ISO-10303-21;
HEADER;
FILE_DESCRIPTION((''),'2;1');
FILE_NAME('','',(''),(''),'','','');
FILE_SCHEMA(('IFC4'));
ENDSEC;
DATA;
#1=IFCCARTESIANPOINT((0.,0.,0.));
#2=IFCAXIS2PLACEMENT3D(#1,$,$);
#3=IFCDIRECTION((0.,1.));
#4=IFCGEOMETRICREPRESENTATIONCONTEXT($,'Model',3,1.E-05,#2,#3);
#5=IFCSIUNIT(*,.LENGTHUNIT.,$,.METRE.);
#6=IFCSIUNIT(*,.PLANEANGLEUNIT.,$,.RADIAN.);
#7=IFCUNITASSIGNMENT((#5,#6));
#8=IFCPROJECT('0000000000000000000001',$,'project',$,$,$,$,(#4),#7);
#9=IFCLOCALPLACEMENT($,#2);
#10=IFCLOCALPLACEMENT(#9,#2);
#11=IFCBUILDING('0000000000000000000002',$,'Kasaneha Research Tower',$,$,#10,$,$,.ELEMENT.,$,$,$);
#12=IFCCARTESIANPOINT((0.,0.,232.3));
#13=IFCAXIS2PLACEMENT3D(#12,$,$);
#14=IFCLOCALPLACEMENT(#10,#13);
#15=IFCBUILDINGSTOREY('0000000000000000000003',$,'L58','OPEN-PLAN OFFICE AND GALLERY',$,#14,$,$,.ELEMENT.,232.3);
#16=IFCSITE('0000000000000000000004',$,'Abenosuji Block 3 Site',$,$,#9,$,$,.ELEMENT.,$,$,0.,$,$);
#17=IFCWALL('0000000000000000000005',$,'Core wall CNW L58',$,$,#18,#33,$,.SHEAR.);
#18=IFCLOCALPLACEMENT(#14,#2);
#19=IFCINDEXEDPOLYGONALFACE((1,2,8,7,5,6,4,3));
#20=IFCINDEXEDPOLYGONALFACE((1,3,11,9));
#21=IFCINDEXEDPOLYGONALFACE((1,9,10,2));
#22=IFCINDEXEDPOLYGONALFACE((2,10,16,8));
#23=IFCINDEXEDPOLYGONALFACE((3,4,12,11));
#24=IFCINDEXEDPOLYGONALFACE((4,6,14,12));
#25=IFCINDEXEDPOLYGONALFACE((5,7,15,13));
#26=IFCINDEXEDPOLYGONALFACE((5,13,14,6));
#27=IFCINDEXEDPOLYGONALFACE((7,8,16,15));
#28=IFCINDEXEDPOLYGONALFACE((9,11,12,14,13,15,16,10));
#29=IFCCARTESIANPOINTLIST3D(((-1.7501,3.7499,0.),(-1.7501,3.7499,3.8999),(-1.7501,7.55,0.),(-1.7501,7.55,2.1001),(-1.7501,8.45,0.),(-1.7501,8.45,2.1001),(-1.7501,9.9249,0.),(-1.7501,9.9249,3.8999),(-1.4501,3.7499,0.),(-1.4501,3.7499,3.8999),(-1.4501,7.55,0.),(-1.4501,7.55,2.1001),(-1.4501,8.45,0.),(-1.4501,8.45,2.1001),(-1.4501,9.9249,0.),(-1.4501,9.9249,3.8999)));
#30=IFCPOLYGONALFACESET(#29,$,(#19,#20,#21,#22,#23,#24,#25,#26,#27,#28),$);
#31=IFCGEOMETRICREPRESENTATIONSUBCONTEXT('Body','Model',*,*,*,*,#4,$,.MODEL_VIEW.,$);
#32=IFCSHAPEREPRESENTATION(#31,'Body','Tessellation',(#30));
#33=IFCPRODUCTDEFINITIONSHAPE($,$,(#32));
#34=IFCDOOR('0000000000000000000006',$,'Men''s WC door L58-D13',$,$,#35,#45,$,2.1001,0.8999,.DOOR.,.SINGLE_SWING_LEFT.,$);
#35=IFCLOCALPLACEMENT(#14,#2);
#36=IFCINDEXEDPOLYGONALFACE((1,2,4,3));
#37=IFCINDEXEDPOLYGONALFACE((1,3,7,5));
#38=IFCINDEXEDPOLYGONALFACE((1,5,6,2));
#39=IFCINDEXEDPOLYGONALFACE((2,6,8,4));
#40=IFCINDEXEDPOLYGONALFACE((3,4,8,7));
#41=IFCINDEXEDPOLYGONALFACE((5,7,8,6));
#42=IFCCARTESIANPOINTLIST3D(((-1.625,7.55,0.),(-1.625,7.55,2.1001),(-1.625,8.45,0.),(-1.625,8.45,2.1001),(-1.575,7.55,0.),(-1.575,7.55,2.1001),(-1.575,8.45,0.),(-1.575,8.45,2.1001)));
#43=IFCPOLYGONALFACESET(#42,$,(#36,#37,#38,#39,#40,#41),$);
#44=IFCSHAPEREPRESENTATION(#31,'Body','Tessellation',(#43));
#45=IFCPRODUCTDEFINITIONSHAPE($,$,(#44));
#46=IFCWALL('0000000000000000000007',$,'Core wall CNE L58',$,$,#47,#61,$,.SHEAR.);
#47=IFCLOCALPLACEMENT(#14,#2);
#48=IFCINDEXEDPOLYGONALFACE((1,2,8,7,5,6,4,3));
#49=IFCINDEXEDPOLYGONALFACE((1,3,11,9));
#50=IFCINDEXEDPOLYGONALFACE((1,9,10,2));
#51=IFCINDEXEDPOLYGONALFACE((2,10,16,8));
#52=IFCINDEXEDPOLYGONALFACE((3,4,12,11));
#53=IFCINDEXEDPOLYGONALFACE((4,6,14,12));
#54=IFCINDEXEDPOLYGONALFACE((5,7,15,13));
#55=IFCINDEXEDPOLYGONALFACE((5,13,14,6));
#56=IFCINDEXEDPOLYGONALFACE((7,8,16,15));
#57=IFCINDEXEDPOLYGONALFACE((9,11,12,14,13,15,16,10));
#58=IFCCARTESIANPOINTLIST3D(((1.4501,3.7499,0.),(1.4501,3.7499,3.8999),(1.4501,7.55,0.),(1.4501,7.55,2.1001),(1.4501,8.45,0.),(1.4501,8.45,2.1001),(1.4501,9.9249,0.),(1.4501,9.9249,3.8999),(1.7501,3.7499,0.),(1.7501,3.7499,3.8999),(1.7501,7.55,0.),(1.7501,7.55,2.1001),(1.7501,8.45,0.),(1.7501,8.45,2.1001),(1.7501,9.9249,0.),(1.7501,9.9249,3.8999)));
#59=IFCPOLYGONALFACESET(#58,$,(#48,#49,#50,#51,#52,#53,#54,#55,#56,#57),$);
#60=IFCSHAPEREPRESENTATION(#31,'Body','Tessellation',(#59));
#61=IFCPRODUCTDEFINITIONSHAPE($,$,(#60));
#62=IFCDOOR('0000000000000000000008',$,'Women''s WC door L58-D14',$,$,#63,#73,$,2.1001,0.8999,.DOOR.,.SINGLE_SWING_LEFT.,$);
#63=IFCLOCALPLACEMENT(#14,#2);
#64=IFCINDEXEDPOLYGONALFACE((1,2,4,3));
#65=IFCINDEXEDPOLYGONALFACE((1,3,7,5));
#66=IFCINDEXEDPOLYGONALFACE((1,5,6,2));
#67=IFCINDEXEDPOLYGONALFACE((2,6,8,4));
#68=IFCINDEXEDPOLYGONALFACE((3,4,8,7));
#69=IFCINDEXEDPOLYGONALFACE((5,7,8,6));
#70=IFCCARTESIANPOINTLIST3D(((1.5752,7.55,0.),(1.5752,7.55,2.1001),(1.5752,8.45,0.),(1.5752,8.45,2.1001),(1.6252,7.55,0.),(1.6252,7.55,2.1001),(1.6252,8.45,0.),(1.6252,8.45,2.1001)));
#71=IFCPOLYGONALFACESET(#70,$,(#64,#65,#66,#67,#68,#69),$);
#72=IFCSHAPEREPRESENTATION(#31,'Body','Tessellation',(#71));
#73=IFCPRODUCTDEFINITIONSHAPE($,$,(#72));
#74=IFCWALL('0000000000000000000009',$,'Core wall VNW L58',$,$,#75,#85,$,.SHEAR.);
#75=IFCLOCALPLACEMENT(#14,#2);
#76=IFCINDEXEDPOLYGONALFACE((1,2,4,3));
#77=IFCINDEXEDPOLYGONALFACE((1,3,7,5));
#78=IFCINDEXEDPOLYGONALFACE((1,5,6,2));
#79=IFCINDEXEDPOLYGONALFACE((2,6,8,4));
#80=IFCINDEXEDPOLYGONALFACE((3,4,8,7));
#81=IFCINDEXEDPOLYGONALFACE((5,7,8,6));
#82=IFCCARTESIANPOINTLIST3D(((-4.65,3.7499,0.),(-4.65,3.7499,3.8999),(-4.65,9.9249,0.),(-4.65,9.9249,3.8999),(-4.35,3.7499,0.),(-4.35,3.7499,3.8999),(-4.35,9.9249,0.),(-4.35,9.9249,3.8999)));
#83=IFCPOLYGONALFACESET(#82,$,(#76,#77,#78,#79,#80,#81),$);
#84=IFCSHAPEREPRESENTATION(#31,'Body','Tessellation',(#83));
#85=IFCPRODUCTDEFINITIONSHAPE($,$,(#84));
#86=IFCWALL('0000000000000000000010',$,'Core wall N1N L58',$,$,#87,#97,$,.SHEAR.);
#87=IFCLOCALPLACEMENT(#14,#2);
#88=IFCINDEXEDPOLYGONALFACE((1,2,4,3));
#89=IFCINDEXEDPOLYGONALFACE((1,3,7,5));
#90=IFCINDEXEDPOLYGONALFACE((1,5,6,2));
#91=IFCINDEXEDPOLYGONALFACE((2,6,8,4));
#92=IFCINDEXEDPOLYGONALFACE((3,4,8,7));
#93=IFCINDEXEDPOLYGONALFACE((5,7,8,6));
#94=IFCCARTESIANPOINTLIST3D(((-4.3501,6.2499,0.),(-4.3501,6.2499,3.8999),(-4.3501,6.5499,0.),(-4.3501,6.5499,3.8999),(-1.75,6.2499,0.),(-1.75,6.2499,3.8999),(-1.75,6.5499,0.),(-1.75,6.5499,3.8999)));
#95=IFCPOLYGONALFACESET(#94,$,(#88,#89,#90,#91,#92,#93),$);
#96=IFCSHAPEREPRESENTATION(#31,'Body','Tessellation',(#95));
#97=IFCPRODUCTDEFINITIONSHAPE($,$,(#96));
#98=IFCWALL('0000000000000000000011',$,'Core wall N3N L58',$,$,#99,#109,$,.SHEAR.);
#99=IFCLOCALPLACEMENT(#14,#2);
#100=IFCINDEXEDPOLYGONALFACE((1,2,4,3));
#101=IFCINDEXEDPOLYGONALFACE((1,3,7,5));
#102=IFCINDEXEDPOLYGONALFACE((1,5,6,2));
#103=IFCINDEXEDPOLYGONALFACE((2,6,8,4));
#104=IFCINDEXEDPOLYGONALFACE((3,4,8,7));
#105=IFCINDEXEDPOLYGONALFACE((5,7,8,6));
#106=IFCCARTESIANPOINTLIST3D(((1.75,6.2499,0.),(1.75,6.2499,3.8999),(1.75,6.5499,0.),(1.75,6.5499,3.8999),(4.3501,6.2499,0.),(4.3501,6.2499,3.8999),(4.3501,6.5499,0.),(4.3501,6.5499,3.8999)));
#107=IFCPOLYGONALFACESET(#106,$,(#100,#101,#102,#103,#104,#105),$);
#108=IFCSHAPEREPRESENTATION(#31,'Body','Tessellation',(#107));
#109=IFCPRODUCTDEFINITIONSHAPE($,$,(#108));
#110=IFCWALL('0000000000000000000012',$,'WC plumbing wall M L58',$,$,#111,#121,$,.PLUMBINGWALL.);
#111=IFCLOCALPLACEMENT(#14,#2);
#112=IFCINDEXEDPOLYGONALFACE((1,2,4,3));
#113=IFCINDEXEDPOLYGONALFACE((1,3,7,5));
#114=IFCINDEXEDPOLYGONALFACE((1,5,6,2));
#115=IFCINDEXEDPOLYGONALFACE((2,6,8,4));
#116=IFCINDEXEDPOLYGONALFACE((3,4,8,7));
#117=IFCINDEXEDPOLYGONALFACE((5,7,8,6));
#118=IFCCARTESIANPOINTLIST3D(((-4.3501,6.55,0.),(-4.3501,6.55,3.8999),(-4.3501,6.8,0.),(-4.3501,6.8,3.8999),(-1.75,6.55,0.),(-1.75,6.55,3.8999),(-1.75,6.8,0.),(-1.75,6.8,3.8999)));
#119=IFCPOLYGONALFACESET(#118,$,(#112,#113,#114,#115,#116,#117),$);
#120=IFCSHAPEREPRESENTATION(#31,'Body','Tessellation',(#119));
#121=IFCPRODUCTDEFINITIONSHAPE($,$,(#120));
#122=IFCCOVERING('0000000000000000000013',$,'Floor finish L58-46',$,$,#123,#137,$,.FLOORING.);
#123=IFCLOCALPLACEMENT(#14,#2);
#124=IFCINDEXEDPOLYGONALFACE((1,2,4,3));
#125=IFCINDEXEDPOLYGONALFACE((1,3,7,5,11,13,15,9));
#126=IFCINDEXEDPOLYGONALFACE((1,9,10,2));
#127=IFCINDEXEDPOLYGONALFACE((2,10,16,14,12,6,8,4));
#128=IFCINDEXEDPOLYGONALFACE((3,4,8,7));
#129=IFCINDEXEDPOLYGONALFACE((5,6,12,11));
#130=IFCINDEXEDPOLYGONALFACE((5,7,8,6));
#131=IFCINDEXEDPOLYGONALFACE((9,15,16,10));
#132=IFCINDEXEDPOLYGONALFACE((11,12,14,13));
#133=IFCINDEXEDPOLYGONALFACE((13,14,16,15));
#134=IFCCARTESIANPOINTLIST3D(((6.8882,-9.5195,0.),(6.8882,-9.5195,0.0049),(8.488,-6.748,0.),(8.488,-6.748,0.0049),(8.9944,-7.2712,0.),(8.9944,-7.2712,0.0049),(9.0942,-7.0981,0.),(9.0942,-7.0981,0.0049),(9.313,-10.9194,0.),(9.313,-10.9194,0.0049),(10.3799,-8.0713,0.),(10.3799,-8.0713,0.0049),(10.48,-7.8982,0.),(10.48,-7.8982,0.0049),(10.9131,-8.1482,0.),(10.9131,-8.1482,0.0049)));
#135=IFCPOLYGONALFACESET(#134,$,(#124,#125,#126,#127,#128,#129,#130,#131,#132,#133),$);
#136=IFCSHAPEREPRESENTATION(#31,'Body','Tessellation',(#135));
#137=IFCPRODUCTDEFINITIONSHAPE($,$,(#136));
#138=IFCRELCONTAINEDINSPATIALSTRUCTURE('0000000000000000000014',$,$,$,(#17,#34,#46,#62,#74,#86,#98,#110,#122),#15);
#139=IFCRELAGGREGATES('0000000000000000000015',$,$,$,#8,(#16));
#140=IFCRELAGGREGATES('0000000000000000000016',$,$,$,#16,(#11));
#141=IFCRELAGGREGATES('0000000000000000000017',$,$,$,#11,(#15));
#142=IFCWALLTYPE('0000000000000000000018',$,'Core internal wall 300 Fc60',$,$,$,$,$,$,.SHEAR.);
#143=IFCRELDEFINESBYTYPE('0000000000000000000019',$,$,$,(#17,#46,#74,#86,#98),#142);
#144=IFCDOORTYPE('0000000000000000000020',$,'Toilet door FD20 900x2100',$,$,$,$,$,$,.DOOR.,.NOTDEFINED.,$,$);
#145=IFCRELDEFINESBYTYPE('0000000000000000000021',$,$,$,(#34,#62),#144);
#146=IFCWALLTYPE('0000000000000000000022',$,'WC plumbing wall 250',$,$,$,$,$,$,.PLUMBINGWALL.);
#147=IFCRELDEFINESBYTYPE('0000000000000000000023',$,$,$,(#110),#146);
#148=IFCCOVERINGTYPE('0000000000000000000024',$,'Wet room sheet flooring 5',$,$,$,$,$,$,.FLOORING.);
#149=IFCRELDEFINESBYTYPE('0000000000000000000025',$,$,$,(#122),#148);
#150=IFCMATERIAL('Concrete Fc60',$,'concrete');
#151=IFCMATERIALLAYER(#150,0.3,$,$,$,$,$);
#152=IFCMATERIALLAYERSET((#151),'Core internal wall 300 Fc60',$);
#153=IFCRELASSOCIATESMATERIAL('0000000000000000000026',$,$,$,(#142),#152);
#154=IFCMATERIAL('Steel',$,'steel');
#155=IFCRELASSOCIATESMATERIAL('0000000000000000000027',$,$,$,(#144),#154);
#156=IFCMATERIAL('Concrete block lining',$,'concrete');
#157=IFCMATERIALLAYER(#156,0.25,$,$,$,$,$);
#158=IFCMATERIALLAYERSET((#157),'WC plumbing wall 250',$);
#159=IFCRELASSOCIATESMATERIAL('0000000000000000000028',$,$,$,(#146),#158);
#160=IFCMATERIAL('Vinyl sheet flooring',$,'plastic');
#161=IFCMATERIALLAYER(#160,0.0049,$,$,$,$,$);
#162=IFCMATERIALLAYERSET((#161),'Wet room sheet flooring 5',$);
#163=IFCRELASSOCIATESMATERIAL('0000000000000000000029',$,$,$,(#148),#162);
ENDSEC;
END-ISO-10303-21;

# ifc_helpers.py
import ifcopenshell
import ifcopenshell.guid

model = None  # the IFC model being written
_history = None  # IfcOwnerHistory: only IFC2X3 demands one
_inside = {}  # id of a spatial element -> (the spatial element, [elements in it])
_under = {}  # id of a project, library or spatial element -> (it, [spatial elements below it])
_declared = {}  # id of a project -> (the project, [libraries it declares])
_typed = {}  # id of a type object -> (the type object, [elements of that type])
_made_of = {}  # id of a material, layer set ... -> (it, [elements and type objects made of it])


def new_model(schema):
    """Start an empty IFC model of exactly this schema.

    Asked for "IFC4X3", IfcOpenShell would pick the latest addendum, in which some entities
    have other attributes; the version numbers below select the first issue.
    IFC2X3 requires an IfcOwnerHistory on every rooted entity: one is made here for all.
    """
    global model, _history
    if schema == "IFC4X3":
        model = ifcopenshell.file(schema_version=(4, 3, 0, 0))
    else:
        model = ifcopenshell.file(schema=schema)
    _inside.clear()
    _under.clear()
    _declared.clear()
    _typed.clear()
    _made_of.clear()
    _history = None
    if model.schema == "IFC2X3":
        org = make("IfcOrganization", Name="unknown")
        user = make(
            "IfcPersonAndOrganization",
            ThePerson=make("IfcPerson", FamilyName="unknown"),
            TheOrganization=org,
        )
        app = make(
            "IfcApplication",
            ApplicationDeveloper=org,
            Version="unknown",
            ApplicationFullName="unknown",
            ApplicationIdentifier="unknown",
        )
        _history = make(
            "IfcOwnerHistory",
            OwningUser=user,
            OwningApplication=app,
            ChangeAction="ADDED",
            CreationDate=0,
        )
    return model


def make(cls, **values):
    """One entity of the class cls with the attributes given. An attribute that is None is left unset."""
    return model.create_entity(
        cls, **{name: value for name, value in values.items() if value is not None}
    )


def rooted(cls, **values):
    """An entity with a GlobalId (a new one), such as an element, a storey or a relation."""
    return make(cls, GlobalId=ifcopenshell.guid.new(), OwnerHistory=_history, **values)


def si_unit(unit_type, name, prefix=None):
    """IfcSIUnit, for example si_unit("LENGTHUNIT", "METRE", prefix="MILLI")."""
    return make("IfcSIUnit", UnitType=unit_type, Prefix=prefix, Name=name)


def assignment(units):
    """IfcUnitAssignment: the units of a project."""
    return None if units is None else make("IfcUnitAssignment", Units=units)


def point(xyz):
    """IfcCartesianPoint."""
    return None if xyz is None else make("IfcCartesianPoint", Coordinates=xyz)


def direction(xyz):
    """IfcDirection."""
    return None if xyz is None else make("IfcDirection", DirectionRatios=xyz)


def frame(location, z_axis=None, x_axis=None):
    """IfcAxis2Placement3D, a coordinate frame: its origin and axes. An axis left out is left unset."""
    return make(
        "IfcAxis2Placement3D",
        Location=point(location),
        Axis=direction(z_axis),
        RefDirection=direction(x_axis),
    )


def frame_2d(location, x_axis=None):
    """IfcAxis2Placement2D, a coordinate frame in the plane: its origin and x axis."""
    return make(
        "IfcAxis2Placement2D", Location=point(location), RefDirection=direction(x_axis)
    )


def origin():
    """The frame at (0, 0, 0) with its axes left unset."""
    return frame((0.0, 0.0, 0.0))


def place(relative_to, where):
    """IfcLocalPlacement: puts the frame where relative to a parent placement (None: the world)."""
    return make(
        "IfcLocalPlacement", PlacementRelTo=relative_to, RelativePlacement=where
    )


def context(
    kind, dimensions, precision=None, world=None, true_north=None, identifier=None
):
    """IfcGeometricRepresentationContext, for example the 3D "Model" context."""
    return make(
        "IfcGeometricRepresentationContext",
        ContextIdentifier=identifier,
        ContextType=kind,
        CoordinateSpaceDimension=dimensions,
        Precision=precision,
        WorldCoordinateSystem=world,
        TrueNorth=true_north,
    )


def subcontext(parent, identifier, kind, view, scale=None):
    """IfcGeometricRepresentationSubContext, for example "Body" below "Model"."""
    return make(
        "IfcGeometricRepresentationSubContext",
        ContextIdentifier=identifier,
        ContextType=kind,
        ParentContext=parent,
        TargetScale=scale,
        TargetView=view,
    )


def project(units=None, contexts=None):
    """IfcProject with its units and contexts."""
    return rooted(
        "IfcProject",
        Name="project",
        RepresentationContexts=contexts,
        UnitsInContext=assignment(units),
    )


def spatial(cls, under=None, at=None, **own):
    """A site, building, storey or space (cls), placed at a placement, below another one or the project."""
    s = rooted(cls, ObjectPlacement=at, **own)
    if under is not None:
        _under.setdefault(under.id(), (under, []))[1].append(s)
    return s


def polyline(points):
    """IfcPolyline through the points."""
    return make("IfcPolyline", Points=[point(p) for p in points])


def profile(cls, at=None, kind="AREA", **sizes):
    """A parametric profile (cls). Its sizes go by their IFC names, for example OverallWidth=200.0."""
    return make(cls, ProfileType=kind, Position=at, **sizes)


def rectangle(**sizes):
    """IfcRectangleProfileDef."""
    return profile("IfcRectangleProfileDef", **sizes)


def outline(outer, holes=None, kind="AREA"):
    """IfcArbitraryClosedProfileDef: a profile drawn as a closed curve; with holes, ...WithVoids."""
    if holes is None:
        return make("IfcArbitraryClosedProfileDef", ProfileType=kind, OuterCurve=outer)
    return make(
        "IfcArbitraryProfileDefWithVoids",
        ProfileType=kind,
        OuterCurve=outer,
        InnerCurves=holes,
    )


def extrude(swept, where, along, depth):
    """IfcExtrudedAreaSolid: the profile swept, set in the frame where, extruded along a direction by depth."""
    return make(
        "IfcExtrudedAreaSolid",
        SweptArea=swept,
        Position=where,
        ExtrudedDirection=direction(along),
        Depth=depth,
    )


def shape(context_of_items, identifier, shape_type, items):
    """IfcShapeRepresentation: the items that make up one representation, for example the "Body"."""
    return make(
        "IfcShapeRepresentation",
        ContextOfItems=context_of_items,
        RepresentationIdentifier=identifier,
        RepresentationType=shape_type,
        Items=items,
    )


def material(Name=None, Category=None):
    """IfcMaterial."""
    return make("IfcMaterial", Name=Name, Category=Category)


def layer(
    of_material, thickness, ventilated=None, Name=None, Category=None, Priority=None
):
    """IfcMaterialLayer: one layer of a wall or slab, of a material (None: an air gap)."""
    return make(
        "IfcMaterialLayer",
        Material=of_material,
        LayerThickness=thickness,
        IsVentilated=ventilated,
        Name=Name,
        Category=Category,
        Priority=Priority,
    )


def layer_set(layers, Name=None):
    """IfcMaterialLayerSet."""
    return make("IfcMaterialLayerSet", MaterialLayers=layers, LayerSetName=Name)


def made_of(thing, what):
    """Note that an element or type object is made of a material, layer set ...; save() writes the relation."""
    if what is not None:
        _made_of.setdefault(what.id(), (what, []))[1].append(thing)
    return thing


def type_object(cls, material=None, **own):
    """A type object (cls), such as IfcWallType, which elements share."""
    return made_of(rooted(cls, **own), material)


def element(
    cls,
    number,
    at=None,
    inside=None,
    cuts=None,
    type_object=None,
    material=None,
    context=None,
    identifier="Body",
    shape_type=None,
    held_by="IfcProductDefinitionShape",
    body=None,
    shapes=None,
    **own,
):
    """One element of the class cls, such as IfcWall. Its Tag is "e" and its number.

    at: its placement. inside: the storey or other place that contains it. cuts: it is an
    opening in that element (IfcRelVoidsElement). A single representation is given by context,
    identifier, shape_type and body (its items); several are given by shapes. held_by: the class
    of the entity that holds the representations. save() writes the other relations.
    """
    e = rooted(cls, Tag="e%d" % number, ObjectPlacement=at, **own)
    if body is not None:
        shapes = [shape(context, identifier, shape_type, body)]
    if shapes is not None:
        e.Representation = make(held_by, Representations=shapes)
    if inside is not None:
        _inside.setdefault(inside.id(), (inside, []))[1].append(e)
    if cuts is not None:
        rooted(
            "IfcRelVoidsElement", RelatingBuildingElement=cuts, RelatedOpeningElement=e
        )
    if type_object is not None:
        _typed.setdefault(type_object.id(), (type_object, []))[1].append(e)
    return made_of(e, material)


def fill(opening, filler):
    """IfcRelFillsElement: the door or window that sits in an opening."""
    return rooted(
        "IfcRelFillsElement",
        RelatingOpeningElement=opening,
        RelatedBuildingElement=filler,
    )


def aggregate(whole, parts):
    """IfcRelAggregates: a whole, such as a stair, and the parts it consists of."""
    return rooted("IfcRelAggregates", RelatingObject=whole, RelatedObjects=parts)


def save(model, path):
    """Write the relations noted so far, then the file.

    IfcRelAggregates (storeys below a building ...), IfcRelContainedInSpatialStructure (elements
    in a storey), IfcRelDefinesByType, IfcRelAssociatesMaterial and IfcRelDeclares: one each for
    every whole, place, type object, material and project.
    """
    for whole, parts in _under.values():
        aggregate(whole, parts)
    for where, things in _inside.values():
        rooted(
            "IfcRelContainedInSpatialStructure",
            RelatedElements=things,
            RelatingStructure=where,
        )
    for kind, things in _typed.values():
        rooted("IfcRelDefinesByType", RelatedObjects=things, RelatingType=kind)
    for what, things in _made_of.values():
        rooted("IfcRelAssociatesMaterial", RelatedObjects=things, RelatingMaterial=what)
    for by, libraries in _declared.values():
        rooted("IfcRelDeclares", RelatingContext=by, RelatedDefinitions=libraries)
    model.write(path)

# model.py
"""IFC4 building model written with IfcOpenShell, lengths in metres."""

from ifc_helpers import new_model, si_unit, direction, frame, frame_2d, origin, place, context, subcontext, project, spatial, polyline, rectangle, outline, extrude, material, layer, layer_set, type_object, element, fill, save


model = new_model("IFC4")

# Units and contexts
model_context = context("Model", 3, precision=1e-05, world=origin(), true_north=direction((0.0, 1.0)))
body_context = subcontext(model_context, "Body", "Model", "MODEL_VIEW")
ifc_project = project(units=[si_unit("LENGTHUNIT", "METRE"), si_unit("PLANEANGLEUNIT", "RADIAN")], contexts=[model_context])

# Site, building, storey
site_placement = place(None, origin())
site = spatial("IfcSite", under=ifc_project, at=site_placement, Name="Abenosuji Block 3 Site", CompositionType="ELEMENT", RefElevation=0.0)
building_placement = place(site_placement, origin())
building = spatial("IfcBuilding", under=site, at=building_placement, Name="Kasaneha Research Tower", CompositionType="ELEMENT")
storey_placement = place(building_placement, frame((0.0, 0.0, 232.3)))
storey = spatial("IfcBuildingStorey", under=building, at=storey_placement, Name="L58", Description="OPEN-PLAN OFFICE AND GALLERY", CompositionType="ELEMENT", Elevation=232.3)

# Shared definitions
ifc_material_1 = material(Name="Concrete Fc60", Category="concrete")
ifc_layer_1 = layer(ifc_material_1, 0.3)
ifc_layer_set_1 = layer_set([ifc_layer_1], Name="Core internal wall 300 Fc60")
wall_type_1 = type_object("IfcWallType", Name="Core internal wall 300 Fc60", PredefinedType="SHEAR", material=ifc_layer_set_1)

# Walls, openings, doors
wall_1_placement = place(storey_placement, frame((-1.6001, 3.75, 0.0), z_axis=(0.0, 0.0, 1.0), x_axis=(0.0, 1.0, 0.0)))
wall_1 = element("IfcWall", 1, at=wall_1_placement, inside=storey, type_object=wall_type_1, Name="Core wall CNW L58", PredefinedType="SHEAR", context=body_context, shape_type="SweptSolid", body=[
    extrude(rectangle(XDim=6.175, YDim=0.3, at=frame_2d((3.0874, 0.0))), origin(), (0.0, 0.0, 1.0), 3.8999),
])
opening_1_placement = place(wall_1_placement, frame((3.8, 0.0, 0.0)))
opening_1 = element("IfcOpeningElement", 2, at=opening_1_placement, cuts=wall_1, PredefinedType="OPENING", context=body_context, shape_type="SweptSolid", body=[
    extrude(rectangle(XDim=0.8999, YDim=2.1001, at=frame_2d((0.45, 1.05))), frame((0.0, 0.1602, 0.0), z_axis=(0.0, -1.0, 0.0), x_axis=(1.0, 0.0, 0.0)), (0.0, 0.0, 1.0), 0.3201),
])
ifc_material_2 = material(Name="Steel", Category="steel")
door_type_1 = type_object("IfcDoorType", Name="Toilet door FD20 900x2100", OperationType="NOTDEFINED", PredefinedType="DOOR", material=ifc_material_2)
door_1_placement = place(opening_1_placement, origin())
door_1 = element("IfcDoor", 3, at=door_1_placement, inside=storey, type_object=door_type_1, Name="Men's WC door L58-D13", OperationType="SINGLE_SWING_LEFT", OverallHeight=2.1001, OverallWidth=0.8999, PredefinedType="DOOR", context=body_context, shape_type="SweptSolid", body=[
    extrude(rectangle(XDim=0.8999, YDim=2.1001, at=frame_2d((0.45, 1.05))), frame((0.0, 0.0249, 0.0), z_axis=(0.0, -1.0, 0.0), x_axis=(1.0, 0.0, 0.0)), (0.0, 0.0, 1.0), 0.05),
])
fill(opening_1, door_1)
wall_2_placement = place(storey_placement, frame((1.6001, 3.75, 0.0), z_axis=(0.0, 0.0, 1.0), x_axis=(0.0, 1.0, 0.0)))
wall_2 = element("IfcWall", 4, at=wall_2_placement, inside=storey, type_object=wall_type_1, Name="Core wall CNE L58", PredefinedType="SHEAR", context=body_context, shape_type="SweptSolid", body=[
    extrude(rectangle(XDim=6.175, YDim=0.3, at=frame_2d((3.0874, 0.0))), origin(), (0.0, 0.0, 1.0), 3.8999),
])
opening_2_placement = place(wall_2_placement, frame((3.8, 0.0, 0.0)))
opening_2 = element("IfcOpeningElement", 5, at=opening_2_placement, cuts=wall_2, PredefinedType="OPENING", context=body_context, shape_type="SweptSolid", body=[
    extrude(rectangle(XDim=0.8999, YDim=2.1001, at=frame_2d((0.45, 1.05))), frame((0.0, 0.1602, 0.0), z_axis=(0.0, -1.0, 0.0), x_axis=(1.0, 0.0, 0.0)), (0.0, 0.0, 1.0), 0.3201),
])
door_2_placement = place(opening_2_placement, origin())
door_2 = element("IfcDoor", 6, at=door_2_placement, inside=storey, type_object=door_type_1, Name="Women's WC door L58-D14", OperationType="SINGLE_SWING_LEFT", OverallHeight=2.1001, OverallWidth=0.8999, PredefinedType="DOOR", context=body_context, shape_type="SweptSolid", body=[
    extrude(rectangle(XDim=0.8999, YDim=2.1001, at=frame_2d((0.45, 1.05))), frame((0.0, 0.0249, 0.0), z_axis=(0.0, -1.0, 0.0), x_axis=(1.0, 0.0, 0.0)), (0.0, 0.0, 1.0), 0.05),
])
fill(opening_2, door_2)

# Walls
wall_3_placement = place(storey_placement, frame((-4.5, 3.75, 0.0), z_axis=(0.0, 0.0, 1.0), x_axis=(0.0, 1.0, 0.0)))
element("IfcWall", 7, at=wall_3_placement, inside=storey, type_object=wall_type_1, Name="Core wall VNW L58", PredefinedType="SHEAR", context=body_context, shape_type="SweptSolid", body=[
    extrude(rectangle(XDim=6.175, YDim=0.3, at=frame_2d((3.0874, 0.0))), origin(), (0.0, 0.0, 1.0), 3.8999),
])
for number, where, z_axis, x_axis, name in (
    (8, (-4.3501, 6.3999, 0.0), (0.0, 0.0, 1.0), (1.0, 0.0, 0.0), "Core wall N1N L58"),
    (9, (1.75, 6.3999, 0.0), (0.0, 0.0, 1.0), (1.0, 0.0, 0.0), "Core wall N3N L58"),
):
    element("IfcWall", number, at=place(storey_placement, frame(where, z_axis=z_axis, x_axis=x_axis)), inside=storey, type_object=wall_type_1, Name=name, PredefinedType="SHEAR", context=body_context, shape_type="SweptSolid", body=[
        extrude(rectangle(XDim=2.6001, YDim=0.3, at=frame_2d((1.3, 0.0))), origin(), (0.0, 0.0, 1.0), 3.8999),
    ])

# Wall
ifc_material_3 = material(Name="Concrete block lining", Category="concrete")
ifc_layer_2 = layer(ifc_material_3, 0.25)
ifc_layer_set_2 = layer_set([ifc_layer_2], Name="WC plumbing wall 250")
wall_type_2 = type_object("IfcWallType", Name="WC plumbing wall 250", PredefinedType="PLUMBINGWALL", material=ifc_layer_set_2)
wall_4_placement = place(storey_placement, frame((-4.3501, 6.675, 0.0), z_axis=(0.0, 0.0, 1.0), x_axis=(1.0, 0.0, 0.0)))
element("IfcWall", 10, at=wall_4_placement, inside=storey, type_object=wall_type_2, Name="WC plumbing wall M L58", PredefinedType="PLUMBINGWALL", context=body_context, shape_type="SweptSolid", body=[
    extrude(rectangle(XDim=2.6001, YDim=0.25, at=frame_2d((1.3, 0.0))), origin(), (0.0, 0.0, 1.0), 3.8999),
])

# Covering
ifc_material_4 = material(Name="Vinyl sheet flooring", Category="plastic")
ifc_layer_3 = layer(ifc_material_4, 0.0049)
ifc_layer_set_3 = layer_set([ifc_layer_3], Name="Wet room sheet flooring 5")
covering_type = type_object("IfcCoveringType", Name="Wet room sheet flooring 5", PredefinedType="FLOORING", material=ifc_layer_set_3)
covering_placement = place(storey_placement, origin())
element("IfcCovering", 11, at=covering_placement, inside=storey, type_object=covering_type, Name="Floor finish L58-46", PredefinedType="FLOORING", context=body_context, shape_type="SweptSolid", body=[
    extrude(outline(polyline([(9.313, -10.9194), (6.8882, -9.5195), (8.488, -6.748), (9.0942, -7.0981), (8.9944, -7.2712), (10.3799, -8.0713), (10.48, -7.8982), (10.9131, -8.1482), (9.313, -10.9194)])), origin(), (0.0, 0.0, 1.0), 0.0049),
])

save(model, "model.ifc")
